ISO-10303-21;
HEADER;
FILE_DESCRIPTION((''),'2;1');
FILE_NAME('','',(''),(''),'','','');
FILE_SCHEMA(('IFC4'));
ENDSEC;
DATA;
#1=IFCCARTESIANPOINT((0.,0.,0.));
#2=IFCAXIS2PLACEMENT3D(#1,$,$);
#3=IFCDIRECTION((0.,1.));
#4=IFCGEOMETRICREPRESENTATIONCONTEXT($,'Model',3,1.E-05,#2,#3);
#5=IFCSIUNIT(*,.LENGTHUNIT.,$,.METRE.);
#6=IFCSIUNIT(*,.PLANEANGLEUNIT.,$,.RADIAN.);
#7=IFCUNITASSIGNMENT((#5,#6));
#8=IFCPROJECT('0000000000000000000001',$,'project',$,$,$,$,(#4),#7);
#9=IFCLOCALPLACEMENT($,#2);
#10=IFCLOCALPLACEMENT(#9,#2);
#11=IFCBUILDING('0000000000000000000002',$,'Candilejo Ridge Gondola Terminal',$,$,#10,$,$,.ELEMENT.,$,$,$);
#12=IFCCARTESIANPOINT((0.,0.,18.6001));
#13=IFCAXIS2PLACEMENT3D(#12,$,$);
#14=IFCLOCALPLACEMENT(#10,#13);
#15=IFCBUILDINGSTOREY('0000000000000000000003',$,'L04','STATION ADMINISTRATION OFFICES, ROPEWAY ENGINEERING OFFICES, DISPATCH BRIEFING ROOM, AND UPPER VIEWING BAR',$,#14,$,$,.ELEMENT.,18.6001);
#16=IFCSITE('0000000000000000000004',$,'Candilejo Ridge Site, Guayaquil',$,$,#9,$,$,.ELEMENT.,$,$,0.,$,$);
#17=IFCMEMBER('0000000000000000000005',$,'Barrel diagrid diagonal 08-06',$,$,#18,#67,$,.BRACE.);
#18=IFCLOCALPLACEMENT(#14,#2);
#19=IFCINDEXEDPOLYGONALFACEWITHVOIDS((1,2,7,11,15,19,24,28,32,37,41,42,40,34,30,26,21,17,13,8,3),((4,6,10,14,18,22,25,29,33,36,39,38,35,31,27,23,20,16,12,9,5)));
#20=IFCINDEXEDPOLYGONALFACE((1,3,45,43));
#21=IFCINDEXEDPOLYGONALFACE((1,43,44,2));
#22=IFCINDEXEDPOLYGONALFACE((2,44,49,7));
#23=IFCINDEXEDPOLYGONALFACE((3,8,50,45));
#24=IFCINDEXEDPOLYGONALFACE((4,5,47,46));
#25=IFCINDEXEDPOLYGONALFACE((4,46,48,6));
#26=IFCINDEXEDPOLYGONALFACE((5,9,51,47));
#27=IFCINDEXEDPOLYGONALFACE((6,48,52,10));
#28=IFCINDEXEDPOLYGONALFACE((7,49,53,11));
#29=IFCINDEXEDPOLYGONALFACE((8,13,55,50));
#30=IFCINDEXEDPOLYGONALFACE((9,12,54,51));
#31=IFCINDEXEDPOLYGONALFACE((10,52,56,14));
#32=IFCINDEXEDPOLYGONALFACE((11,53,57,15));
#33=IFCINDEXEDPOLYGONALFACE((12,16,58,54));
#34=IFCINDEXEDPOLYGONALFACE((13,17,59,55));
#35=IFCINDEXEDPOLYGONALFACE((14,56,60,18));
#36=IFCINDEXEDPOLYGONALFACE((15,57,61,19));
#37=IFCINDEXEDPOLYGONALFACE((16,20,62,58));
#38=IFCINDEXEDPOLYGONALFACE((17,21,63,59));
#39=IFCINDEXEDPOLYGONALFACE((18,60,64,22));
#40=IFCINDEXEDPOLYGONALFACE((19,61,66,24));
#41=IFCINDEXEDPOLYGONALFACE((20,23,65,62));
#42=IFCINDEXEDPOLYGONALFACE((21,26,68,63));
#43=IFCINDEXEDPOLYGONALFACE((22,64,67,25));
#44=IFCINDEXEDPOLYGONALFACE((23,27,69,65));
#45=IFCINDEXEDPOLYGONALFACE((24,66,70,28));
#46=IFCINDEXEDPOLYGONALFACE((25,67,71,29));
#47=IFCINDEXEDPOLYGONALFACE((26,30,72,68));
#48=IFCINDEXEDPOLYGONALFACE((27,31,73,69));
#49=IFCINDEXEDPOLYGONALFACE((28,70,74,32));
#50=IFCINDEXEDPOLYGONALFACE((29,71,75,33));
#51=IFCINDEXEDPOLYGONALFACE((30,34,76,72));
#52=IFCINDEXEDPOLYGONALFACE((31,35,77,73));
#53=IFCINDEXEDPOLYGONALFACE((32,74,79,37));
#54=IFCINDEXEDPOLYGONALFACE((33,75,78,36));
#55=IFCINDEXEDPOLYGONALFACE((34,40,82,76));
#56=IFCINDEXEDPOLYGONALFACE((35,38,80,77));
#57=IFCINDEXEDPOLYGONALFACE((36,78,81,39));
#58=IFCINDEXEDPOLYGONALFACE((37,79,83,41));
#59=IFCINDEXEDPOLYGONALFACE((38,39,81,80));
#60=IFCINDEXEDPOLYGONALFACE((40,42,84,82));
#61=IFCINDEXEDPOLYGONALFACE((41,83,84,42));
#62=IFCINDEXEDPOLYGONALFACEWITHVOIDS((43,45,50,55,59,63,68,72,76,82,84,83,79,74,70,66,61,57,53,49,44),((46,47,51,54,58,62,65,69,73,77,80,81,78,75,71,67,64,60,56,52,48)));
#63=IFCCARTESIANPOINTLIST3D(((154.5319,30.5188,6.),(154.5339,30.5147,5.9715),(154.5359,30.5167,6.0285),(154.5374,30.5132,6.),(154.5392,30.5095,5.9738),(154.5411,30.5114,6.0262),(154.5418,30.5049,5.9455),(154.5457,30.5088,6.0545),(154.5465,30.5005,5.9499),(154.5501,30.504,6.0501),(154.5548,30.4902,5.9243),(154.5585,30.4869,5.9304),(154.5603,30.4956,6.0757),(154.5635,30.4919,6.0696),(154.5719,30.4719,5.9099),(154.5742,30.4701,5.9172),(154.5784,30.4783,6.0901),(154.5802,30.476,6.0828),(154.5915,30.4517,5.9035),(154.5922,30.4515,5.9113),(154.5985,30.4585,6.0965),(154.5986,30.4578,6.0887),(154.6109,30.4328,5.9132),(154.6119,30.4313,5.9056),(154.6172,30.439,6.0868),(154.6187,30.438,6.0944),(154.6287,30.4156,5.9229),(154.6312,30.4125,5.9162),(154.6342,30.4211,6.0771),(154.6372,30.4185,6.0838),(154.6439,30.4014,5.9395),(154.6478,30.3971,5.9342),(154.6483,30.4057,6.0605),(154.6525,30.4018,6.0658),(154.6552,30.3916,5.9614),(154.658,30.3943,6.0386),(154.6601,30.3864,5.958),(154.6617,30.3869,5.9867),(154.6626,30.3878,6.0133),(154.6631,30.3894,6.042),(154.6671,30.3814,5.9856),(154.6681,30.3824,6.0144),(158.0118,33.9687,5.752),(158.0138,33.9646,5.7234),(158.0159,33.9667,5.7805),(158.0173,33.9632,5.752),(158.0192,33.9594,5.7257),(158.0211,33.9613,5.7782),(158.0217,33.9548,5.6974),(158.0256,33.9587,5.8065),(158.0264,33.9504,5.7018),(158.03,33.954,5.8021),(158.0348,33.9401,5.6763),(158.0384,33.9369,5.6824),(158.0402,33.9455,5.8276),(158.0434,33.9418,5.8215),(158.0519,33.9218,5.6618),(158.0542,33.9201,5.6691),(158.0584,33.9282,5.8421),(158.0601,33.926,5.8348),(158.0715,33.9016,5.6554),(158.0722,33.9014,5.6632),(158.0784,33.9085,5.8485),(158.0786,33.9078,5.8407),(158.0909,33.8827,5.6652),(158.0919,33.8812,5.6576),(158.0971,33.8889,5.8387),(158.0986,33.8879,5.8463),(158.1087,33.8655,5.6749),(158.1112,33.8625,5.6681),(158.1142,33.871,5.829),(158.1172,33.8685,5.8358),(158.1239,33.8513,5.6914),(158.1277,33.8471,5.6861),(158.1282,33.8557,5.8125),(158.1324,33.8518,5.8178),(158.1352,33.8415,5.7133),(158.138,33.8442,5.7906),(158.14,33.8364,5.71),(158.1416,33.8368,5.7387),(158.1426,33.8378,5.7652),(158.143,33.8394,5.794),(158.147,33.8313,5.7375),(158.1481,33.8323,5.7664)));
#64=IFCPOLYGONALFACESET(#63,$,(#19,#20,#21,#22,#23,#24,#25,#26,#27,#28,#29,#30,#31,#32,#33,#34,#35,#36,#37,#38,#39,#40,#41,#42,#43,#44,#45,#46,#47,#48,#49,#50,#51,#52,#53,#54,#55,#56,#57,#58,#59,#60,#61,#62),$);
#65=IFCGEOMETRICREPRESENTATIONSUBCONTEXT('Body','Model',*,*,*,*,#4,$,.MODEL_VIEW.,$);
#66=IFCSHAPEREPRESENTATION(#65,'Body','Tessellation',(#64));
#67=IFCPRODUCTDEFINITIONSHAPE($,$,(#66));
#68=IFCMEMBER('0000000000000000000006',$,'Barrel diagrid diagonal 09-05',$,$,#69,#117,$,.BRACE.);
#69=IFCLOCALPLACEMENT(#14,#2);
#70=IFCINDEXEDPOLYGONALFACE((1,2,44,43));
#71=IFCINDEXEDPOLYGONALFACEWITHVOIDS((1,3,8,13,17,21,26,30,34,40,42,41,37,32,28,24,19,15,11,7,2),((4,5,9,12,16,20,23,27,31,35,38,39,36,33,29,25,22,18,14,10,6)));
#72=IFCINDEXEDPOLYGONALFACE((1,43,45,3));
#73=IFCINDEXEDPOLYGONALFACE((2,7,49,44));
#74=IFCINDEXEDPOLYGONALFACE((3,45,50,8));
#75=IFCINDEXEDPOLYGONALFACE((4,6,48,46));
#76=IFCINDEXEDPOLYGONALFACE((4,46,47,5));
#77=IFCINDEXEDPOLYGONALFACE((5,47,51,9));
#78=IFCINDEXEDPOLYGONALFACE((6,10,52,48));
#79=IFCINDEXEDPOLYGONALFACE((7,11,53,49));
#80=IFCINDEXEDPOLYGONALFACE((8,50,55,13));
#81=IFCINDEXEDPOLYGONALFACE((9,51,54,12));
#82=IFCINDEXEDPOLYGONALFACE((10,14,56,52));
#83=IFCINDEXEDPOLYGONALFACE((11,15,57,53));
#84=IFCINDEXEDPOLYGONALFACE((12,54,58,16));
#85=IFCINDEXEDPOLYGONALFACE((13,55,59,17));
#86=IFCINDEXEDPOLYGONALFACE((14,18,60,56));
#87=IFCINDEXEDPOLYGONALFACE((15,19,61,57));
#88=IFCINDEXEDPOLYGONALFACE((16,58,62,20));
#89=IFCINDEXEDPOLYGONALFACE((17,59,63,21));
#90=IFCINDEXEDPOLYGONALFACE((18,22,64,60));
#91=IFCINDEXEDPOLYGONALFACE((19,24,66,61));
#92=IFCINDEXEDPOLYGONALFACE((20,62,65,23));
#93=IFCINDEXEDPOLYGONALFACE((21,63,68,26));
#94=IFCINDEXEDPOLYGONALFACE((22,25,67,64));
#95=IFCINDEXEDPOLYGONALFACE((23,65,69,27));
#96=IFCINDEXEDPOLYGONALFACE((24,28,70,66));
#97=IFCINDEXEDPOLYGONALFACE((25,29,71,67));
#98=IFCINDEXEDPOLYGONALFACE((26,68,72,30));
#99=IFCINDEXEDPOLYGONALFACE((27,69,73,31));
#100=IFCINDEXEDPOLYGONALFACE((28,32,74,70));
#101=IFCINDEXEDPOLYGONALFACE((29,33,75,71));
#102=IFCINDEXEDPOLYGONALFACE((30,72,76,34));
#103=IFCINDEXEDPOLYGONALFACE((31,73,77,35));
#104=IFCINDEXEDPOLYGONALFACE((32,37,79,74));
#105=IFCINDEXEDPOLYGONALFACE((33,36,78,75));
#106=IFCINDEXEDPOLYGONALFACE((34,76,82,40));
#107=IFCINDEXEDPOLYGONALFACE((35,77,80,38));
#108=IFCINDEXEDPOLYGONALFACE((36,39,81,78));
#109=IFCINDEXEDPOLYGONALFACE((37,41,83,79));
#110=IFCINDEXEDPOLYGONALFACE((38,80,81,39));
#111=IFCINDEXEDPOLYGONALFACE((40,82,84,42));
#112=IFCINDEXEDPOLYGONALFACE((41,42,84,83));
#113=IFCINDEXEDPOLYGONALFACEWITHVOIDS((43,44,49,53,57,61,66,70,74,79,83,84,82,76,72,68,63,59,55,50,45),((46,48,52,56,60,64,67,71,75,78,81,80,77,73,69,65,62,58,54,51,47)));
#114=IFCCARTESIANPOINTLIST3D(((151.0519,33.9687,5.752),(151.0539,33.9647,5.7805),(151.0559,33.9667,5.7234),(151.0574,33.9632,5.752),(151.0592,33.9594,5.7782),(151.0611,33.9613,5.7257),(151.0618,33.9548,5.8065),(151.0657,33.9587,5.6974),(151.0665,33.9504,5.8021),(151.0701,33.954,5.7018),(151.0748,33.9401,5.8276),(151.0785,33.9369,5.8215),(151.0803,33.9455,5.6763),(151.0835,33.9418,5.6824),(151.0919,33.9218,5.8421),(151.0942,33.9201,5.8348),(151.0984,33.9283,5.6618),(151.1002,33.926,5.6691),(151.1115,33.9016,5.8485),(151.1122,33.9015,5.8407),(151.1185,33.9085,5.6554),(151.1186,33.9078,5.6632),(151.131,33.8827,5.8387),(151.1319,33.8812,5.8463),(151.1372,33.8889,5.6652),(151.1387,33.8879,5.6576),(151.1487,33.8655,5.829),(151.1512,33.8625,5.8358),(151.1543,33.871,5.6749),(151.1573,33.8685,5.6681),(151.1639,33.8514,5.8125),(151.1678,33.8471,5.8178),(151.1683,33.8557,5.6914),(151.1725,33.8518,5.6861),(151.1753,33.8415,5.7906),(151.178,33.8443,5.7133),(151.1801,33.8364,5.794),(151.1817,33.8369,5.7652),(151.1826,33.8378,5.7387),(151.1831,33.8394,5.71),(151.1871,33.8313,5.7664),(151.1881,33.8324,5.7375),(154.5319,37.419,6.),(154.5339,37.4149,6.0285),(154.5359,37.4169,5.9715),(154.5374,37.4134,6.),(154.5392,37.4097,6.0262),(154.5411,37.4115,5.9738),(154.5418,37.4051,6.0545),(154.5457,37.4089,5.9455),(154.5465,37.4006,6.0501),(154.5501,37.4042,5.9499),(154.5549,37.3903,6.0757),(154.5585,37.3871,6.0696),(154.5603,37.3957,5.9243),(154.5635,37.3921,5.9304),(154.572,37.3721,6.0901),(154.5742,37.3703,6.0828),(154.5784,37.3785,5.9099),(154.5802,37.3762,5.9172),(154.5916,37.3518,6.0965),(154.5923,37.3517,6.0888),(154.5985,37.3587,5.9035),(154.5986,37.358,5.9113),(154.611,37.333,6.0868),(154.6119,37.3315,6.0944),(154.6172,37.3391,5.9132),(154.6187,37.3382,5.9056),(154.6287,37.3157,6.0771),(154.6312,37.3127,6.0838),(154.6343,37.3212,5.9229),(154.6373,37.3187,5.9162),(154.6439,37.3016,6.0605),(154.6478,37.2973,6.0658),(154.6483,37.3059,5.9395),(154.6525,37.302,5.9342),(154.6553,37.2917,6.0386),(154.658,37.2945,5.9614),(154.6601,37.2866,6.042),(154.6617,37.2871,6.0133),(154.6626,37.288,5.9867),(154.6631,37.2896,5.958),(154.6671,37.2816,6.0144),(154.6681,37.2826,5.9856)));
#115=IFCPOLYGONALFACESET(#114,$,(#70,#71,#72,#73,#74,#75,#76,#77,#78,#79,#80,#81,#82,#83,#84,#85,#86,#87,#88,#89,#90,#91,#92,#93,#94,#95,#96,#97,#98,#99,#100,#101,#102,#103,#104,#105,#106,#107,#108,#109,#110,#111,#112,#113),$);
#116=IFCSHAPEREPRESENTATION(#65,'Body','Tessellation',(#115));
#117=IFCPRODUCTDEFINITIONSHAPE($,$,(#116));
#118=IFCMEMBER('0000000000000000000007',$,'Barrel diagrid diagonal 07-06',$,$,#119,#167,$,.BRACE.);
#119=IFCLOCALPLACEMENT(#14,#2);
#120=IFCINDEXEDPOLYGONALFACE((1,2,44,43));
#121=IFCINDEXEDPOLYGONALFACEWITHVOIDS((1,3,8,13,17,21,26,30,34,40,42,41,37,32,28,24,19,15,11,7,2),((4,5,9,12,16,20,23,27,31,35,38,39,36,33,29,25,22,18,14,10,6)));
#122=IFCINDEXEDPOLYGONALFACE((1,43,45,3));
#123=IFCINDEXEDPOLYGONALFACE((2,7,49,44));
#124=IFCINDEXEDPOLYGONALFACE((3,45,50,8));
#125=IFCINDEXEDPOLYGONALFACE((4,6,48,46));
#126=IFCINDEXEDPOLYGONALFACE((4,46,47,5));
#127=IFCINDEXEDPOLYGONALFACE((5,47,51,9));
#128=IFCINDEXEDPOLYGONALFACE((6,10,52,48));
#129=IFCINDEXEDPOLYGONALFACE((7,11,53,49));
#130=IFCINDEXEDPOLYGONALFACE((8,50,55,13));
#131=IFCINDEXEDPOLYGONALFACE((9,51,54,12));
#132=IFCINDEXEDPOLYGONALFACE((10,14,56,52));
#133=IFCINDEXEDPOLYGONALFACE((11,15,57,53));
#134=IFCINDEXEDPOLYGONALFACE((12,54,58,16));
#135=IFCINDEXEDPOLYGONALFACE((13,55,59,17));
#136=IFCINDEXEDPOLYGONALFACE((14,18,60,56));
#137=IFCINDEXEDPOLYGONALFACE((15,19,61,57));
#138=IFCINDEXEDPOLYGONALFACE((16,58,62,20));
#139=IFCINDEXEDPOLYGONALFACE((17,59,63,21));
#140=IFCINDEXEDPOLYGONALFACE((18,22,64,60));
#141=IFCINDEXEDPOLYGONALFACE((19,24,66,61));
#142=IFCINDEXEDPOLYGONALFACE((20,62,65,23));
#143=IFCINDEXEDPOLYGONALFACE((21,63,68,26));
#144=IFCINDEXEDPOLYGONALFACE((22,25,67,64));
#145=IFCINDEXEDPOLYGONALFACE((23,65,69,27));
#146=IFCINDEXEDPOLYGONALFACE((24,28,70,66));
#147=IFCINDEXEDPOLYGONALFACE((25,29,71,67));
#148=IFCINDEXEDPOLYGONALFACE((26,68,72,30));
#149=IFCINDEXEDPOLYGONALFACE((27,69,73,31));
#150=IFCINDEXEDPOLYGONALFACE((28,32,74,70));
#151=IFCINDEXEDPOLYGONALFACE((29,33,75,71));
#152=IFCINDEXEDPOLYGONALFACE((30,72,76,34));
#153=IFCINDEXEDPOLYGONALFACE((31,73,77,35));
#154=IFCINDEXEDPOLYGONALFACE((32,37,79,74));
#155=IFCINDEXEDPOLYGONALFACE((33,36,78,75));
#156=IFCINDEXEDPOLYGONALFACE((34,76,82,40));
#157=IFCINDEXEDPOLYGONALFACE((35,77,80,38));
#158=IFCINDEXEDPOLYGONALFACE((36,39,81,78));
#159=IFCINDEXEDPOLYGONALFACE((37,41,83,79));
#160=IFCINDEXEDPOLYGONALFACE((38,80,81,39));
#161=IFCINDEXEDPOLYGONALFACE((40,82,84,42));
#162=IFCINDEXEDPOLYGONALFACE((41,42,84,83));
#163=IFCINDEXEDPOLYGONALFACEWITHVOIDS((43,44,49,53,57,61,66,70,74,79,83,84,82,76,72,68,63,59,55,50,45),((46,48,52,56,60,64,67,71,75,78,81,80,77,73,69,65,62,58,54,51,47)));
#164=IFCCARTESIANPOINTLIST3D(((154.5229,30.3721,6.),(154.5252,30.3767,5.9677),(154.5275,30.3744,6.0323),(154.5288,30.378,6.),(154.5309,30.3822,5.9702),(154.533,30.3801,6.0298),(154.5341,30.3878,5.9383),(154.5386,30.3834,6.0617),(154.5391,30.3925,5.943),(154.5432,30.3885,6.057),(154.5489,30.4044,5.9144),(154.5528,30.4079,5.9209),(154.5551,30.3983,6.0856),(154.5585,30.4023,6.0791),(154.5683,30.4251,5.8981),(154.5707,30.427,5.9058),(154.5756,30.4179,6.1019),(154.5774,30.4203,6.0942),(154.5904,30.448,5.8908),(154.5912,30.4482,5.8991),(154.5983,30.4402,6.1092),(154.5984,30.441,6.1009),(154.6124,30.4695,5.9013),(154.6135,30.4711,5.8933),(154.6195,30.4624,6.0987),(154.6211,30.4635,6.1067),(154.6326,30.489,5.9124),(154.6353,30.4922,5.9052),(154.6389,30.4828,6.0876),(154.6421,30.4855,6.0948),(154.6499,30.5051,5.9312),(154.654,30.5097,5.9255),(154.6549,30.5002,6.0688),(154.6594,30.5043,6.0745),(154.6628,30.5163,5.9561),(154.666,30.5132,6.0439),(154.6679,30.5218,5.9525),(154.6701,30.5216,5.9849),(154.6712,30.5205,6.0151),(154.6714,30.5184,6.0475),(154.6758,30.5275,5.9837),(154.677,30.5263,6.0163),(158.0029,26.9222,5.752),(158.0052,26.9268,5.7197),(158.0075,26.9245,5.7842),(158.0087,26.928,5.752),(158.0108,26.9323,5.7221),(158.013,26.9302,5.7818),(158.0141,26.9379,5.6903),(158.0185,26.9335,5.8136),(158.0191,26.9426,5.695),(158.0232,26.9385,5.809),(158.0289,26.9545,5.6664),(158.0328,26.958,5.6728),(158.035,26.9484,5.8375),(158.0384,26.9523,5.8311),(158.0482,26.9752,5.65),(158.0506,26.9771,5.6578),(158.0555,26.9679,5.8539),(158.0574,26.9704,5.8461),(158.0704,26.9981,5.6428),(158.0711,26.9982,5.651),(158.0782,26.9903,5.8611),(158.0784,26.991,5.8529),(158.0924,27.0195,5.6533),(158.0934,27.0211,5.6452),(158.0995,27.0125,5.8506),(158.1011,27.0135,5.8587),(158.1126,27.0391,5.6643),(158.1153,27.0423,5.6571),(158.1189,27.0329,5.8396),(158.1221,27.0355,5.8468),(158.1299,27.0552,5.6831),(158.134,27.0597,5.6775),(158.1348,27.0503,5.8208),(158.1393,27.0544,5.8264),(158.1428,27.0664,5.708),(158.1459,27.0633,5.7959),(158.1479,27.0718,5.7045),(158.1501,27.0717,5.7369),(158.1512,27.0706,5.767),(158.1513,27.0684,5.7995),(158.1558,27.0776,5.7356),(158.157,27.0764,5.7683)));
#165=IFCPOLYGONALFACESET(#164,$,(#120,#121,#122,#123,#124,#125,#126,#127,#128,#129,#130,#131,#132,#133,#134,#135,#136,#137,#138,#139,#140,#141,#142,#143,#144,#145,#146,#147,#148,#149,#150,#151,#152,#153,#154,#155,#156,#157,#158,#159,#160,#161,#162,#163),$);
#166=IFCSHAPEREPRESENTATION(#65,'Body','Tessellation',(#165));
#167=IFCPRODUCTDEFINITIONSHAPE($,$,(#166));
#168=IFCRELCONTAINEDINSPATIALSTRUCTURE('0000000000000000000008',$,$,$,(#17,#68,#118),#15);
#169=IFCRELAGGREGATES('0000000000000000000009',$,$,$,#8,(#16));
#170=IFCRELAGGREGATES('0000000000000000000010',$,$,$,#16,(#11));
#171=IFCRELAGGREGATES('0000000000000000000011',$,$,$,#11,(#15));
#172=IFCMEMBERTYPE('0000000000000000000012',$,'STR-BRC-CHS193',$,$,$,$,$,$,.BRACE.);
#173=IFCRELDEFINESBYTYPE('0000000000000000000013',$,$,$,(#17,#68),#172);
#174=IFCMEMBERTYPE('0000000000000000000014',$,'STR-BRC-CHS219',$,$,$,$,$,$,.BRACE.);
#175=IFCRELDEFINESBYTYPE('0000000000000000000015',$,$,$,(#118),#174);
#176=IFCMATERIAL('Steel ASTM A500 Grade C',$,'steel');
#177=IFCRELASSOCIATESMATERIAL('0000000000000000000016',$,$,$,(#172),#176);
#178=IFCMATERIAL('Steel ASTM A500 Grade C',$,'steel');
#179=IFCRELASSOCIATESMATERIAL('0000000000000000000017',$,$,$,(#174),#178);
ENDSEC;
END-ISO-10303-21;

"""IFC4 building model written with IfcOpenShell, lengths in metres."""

from ifc_helpers import new_model, si_unit, direction, frame, origin, origin_2d, place, context, subcontext, project, spatial, hollow_circle, extrude, material, material_profile, profile_set, type_object, element, save


model = new_model("IFC4")

# Units and contexts
model_context = context("Model", 3, precision=1e-05, world=origin(), true_north=direction((0.0, 1.0)))
body_context = subcontext(model_context, "Body", "Model", "MODEL_VIEW")
ifc_project = project(units=[si_unit("LENGTHUNIT", "METRE"), si_unit("PLANEANGLEUNIT", "RADIAN")], contexts=[model_context])

# Site, building, storey
site_placement = place(None, origin())
site = spatial("IfcSite", under=ifc_project, at=site_placement, Name="Candilejo Ridge Site, Guayaquil", CompositionType="ELEMENT", RefElevation=0.0)
building_placement = place(site_placement, origin())
building = spatial("IfcBuilding", under=site, at=building_placement, Name="Candilejo Ridge Gondola Terminal", CompositionType="ELEMENT")
storey_placement = place(building_placement, frame((0.0, 0.0, 18.6001)))
storey = spatial("IfcBuildingStorey", under=building, at=storey_placement, Name="L04", Description="STATION ADMINISTRATION OFFICES, ROPEWAY ENGINEERING OFFICES, DISPATCH BRIEFING ROOM, AND UPPER VIEWING BAR", CompositionType="ELEMENT", Elevation=18.6001)

# Members
ifc_material_1 = material(Name="Steel ASTM A500 Grade C", Category="steel")
ifc_material_profile_1 = material_profile(ifc_material_1, hollow_circle(Radius=0.0969, WallThickness=0.0078, at=origin_2d()))
ifc_profile_set_1 = profile_set([ifc_material_profile_1], Name="Steel ASTM A500 Grade C")
member_type_1 = type_object("IfcMemberType", Name="STR-BRC-CHS193", PredefinedType="BRACE", material=ifc_profile_set_1)
member_1_placement = place(storey_placement, frame((154.6001, 30.45, 6.0), z_axis=(0.709256, 0.703136, -0.050555), x_axis=(-0.704036, 0.710164, 0.0)))
element("IfcMember", 1, at=member_1_placement, inside=storey, type_object=member_type_1, Name="Barrel diagrid diagonal 08-06", PredefinedType="BRACE", context=body_context, shape_type="SweptSolid", body=[
    extrude(hollow_circle(Radius=0.0969, WallThickness=0.0078, at=origin_2d()), origin(), (0.0, 0.0, 1.0), 4.9065),
])
member_2_placement = place(storey_placement, frame((151.1201, 33.8999, 5.752), z_axis=(0.709231, 0.703161, 0.050553), x_axis=(-0.704061, 0.710139, 0.0)))
element("IfcMember", 2, at=member_2_placement, inside=storey, type_object=member_type_1, Name="Barrel diagrid diagonal 09-05", PredefinedType="BRACE", context=body_context, shape_type="SweptSolid", body=[
    extrude(hollow_circle(Radius=0.0969, WallThickness=0.0078, at=origin_2d()), origin(), (0.0, 0.0, 1.0), 4.9067),
])
ifc_material_2 = material(Name="Steel ASTM A500 Grade C", Category="steel")
ifc_material_profile_2 = material_profile(ifc_material_2, hollow_circle(Radius=0.1096, WallThickness=0.0083, at=origin_2d()))
ifc_profile_set_2 = profile_set([ifc_material_profile_2], Name="Steel ASTM A500 Grade C")
member_type_2 = type_object("IfcMemberType", Name="STR-BRC-CHS219", PredefinedType="BRACE", material=ifc_profile_set_2)
for number, where, z_axis, x_axis, name in (
    (3, (158.0801, 27.0, 5.752), (-0.709256, 0.703136, 0.050555), (-0.704036, -0.710164, 0.0), "Barrel diagrid diagonal 07-06"),
):
    element("IfcMember", number, at=place(storey_placement, frame(where, z_axis=z_axis, x_axis=x_axis)), inside=storey, type_object=member_type_2, Name=name, PredefinedType="BRACE", context=body_context, shape_type="SweptSolid", body=[
        extrude(hollow_circle(Radius=0.1096, WallThickness=0.0083, at=origin_2d()), origin(), (0.0, 0.0, 1.0), 4.9065),
    ])

save(model, "model.ifc")
